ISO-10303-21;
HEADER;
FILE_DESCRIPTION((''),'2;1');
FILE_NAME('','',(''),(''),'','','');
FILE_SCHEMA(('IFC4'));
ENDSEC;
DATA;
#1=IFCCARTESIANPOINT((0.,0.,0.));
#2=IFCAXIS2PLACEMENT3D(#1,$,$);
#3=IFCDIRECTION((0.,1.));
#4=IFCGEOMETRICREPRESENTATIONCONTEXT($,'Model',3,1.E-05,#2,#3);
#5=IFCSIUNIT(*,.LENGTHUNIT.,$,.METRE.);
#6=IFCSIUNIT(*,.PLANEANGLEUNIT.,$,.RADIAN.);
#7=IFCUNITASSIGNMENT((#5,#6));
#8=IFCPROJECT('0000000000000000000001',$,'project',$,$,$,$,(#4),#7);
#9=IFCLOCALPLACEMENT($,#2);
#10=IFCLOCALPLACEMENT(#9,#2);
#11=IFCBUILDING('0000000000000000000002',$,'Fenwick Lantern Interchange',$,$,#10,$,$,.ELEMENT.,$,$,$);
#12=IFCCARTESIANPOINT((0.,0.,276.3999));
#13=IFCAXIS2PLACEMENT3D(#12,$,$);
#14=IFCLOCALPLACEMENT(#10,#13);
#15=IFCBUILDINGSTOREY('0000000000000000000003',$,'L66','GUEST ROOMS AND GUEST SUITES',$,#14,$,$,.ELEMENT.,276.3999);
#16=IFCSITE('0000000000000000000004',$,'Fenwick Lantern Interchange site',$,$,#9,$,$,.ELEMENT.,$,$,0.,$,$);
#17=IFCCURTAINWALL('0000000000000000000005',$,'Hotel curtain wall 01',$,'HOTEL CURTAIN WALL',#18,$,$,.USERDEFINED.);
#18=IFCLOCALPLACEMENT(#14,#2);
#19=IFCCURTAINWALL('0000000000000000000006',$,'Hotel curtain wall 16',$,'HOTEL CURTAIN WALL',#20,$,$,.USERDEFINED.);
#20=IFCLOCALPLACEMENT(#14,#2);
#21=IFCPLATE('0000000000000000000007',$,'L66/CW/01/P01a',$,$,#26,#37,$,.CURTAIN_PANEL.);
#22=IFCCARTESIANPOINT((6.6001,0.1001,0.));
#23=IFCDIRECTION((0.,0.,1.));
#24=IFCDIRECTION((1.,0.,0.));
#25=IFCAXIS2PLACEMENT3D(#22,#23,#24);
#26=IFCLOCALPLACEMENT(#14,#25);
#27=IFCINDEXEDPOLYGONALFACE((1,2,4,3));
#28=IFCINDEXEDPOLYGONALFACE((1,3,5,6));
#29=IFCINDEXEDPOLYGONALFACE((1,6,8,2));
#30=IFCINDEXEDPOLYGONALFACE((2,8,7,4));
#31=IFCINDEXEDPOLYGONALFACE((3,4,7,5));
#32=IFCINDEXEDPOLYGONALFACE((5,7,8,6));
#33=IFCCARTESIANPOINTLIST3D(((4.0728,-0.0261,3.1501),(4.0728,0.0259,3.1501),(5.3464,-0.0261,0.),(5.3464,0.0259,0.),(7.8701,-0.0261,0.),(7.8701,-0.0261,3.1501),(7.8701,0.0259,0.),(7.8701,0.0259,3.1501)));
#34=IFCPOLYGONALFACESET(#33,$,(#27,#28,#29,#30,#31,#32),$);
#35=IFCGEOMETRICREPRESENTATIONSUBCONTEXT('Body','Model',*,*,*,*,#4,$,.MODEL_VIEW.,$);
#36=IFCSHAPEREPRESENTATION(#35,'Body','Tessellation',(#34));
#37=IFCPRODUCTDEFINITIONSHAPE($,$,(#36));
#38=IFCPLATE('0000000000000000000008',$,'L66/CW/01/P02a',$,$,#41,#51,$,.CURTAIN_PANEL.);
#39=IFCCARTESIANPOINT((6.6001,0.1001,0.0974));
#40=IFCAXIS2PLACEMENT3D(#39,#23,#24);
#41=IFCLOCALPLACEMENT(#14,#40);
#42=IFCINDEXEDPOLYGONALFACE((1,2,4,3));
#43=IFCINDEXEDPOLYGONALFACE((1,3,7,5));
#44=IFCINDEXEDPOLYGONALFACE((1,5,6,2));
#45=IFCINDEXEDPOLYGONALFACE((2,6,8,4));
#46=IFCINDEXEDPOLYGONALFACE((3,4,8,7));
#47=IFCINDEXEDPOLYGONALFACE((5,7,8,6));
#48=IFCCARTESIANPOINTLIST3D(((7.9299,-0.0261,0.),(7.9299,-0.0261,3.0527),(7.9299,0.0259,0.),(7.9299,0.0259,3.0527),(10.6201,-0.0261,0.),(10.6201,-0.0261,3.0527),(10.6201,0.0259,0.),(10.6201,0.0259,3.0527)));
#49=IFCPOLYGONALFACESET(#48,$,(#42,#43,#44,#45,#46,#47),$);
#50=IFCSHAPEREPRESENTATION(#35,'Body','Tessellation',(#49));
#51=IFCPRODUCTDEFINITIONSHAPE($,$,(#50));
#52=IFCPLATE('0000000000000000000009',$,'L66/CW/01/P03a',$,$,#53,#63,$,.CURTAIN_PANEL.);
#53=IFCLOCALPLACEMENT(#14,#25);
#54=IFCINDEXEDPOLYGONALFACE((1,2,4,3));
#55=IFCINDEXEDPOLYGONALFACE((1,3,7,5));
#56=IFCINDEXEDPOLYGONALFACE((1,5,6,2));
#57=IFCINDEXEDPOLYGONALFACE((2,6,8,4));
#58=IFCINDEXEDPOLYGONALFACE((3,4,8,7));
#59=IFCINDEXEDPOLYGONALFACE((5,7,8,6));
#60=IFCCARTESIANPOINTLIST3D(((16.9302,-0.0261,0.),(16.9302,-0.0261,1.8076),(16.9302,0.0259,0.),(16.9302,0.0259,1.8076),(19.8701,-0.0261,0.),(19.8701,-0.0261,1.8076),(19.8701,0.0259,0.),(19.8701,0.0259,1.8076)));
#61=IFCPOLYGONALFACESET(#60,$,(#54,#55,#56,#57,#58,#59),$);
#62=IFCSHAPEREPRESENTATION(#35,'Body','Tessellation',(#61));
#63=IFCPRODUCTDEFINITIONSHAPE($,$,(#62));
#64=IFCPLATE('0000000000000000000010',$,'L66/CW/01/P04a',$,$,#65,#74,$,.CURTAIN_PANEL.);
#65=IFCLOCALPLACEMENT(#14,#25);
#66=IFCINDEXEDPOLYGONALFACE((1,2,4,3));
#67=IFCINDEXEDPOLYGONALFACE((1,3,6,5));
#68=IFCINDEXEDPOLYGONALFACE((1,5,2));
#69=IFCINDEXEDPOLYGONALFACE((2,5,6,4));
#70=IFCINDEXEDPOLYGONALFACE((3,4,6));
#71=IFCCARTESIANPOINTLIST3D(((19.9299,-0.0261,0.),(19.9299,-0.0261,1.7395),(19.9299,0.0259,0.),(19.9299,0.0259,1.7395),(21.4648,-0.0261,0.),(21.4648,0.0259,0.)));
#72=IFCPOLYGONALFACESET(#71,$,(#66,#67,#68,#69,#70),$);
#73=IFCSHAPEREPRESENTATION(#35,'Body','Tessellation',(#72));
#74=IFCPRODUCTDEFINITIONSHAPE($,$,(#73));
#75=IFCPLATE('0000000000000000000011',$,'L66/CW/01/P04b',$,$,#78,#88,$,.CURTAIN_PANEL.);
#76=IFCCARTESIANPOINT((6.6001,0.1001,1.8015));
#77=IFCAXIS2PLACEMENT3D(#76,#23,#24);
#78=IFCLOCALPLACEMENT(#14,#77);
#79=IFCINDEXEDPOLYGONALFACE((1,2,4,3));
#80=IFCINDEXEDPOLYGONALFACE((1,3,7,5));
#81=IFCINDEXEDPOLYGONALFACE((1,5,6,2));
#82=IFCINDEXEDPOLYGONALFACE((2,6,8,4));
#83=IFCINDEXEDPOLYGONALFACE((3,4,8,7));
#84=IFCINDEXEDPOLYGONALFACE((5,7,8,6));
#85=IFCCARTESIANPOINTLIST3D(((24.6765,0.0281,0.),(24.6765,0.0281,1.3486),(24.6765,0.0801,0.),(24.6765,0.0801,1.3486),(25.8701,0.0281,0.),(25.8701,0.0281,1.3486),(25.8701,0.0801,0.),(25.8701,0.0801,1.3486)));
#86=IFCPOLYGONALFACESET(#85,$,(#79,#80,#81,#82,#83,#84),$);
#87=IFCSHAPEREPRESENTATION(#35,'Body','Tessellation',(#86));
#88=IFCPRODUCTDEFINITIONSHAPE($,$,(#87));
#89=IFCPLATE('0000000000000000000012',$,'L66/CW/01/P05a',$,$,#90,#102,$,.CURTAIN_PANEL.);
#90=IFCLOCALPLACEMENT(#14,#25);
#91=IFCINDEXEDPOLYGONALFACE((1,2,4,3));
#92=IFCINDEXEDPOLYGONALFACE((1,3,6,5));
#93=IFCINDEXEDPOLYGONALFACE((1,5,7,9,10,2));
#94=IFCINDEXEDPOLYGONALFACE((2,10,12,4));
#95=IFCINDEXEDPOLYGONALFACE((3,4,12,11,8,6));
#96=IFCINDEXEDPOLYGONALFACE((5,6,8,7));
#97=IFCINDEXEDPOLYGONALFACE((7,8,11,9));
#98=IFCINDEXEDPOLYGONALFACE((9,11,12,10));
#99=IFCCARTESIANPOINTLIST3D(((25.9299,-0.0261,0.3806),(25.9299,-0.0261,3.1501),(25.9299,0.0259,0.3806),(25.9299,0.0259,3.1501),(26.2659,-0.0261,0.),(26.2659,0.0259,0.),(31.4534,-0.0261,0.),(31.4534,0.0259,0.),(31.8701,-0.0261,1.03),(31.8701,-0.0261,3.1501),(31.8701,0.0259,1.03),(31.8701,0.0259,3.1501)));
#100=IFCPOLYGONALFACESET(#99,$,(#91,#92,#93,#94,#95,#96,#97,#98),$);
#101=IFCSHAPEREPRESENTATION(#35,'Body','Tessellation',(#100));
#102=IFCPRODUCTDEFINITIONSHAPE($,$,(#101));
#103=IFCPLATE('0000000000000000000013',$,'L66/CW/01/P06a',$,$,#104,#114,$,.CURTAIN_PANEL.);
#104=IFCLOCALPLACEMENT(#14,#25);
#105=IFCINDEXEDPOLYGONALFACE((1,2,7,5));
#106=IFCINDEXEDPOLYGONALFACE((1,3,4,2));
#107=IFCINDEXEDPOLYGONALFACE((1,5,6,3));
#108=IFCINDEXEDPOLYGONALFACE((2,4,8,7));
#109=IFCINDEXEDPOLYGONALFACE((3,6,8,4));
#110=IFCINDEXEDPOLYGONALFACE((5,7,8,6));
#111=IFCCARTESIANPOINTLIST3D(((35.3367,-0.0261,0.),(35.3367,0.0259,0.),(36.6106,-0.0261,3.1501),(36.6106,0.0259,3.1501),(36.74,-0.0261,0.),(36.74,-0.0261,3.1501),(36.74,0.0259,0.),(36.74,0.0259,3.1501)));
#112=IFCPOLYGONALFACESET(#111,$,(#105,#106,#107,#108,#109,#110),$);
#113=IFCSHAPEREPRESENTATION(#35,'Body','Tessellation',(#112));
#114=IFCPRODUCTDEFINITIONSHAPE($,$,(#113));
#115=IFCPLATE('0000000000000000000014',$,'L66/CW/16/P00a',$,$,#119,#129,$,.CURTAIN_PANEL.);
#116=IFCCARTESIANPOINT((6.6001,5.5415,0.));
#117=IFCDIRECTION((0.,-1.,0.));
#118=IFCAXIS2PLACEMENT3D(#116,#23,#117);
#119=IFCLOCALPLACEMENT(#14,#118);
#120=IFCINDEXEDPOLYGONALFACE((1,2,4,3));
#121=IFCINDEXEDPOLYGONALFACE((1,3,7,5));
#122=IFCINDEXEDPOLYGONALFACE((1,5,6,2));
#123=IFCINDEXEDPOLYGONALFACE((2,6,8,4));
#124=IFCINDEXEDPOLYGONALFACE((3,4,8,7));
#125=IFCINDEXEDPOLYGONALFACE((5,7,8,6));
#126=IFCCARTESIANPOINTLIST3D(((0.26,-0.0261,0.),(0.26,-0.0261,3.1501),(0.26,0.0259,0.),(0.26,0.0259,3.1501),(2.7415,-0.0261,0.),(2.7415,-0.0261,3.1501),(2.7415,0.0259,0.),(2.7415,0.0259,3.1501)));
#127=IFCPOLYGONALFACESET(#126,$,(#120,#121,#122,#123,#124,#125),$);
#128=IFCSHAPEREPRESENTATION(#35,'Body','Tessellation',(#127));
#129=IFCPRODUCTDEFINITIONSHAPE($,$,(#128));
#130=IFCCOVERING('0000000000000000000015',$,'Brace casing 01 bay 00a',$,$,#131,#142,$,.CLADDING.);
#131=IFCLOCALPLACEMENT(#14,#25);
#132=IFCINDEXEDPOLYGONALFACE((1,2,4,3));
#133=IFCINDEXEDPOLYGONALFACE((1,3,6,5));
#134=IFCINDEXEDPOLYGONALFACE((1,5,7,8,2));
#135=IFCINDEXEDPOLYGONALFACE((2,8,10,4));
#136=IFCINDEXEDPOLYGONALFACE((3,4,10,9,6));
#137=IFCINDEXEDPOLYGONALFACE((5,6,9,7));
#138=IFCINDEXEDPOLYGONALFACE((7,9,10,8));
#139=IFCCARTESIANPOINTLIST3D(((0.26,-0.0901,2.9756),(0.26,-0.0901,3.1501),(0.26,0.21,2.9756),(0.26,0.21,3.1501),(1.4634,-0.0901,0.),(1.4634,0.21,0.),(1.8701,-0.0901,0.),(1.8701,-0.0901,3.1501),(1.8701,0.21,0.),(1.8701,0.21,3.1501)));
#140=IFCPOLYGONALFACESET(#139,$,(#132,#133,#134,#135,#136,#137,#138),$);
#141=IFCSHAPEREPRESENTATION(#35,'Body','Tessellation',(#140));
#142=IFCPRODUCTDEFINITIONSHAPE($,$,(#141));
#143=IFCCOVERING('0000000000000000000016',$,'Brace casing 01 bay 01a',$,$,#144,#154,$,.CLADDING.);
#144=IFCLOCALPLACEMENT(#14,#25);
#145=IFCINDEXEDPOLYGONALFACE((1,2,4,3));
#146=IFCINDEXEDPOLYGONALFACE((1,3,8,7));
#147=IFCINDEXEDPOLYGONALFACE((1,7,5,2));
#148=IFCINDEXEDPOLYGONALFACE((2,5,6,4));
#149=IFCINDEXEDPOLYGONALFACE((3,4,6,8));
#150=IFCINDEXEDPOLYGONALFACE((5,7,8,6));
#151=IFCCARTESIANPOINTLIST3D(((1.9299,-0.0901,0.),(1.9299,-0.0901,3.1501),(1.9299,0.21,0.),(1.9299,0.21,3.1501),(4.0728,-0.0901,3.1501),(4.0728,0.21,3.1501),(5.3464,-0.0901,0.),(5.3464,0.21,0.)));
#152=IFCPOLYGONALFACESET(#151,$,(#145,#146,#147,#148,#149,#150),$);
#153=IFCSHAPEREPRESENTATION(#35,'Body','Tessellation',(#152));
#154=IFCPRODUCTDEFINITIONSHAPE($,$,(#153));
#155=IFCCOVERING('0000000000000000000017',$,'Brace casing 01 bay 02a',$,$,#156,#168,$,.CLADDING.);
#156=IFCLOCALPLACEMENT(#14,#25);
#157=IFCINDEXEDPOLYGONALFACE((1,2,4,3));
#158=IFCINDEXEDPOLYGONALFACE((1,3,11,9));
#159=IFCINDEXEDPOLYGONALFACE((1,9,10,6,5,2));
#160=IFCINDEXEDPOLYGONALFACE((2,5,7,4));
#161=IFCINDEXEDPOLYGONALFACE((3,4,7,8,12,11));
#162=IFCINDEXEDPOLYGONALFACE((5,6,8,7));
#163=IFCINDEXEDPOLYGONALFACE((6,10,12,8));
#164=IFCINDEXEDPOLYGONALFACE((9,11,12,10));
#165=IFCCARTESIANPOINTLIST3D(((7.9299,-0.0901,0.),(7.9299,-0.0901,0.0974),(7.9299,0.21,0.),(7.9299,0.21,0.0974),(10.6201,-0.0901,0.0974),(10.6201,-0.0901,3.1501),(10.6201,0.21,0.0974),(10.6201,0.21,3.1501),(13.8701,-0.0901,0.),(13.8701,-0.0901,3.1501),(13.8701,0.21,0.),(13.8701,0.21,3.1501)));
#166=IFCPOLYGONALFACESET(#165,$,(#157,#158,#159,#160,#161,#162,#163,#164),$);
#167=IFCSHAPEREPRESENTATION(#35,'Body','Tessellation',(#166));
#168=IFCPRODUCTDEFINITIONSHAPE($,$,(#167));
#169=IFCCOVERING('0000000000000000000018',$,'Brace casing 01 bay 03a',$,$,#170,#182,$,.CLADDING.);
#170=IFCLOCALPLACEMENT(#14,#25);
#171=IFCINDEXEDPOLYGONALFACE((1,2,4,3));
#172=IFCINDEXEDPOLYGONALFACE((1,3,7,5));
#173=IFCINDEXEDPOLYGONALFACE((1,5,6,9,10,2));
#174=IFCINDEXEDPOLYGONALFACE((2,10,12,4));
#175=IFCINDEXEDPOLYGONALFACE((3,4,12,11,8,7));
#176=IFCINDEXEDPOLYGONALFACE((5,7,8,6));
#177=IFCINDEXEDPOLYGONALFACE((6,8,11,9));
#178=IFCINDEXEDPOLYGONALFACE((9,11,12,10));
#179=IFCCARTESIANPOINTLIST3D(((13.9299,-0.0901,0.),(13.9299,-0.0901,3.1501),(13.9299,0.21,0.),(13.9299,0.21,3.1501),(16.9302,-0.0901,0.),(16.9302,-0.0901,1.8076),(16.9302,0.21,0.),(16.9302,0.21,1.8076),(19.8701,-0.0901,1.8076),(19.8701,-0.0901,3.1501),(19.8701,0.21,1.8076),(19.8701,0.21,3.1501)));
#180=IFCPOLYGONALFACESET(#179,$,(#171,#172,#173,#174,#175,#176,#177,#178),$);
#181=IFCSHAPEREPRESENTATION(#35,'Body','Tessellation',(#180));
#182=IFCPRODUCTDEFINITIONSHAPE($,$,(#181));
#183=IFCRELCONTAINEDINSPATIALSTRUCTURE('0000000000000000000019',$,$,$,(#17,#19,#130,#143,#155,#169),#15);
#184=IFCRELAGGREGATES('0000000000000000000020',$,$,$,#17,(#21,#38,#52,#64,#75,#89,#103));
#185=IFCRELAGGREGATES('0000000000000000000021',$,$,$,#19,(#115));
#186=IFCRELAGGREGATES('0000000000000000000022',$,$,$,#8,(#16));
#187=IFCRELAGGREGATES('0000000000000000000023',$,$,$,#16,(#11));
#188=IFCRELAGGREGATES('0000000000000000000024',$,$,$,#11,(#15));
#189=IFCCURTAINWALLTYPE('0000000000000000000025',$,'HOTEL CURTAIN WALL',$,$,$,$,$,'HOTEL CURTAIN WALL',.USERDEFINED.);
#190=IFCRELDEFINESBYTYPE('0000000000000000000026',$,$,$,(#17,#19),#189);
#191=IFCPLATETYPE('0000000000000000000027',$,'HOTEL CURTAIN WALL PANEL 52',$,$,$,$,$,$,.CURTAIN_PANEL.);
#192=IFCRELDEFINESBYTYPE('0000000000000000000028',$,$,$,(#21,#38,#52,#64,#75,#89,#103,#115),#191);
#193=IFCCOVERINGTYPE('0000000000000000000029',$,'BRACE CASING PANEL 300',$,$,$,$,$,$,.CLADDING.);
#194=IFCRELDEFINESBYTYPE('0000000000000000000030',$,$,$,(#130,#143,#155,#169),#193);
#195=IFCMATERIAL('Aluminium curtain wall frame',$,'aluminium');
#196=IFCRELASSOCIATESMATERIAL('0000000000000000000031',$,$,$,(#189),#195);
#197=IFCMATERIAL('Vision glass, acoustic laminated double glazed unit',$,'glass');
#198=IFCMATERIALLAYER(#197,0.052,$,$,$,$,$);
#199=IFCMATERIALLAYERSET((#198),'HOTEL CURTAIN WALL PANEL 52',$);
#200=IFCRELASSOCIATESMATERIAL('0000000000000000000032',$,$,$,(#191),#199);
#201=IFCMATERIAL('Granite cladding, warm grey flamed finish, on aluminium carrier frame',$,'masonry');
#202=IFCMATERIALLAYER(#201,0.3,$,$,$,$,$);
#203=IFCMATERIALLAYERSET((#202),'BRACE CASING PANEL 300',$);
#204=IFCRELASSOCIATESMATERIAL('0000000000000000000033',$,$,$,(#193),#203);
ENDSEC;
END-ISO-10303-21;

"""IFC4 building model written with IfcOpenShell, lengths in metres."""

from ifc_helpers import new_model, si_unit, direction, frame, origin, place, context, subcontext, project, spatial, polyline, outline, extrude, material, layer, layer_set, type_object, element, aggregate, save


model = new_model("IFC4")

# Units and contexts
model_context = context("Model", 3, precision=1e-05, world=origin(), true_north=direction((0.0, 1.0)))
body_context = subcontext(model_context, "Body", "Model", "MODEL_VIEW")
ifc_project = project(units=[si_unit("LENGTHUNIT", "METRE"), si_unit("PLANEANGLEUNIT", "RADIAN")], contexts=[model_context])

# Site, building, storey
site_placement = place(None, origin())
site = spatial("IfcSite", under=ifc_project, at=site_placement, Name="Fenwick Lantern Interchange site", CompositionType="ELEMENT", RefElevation=0.0)
building_placement = place(site_placement, origin())
building = spatial("IfcBuilding", under=site, at=building_placement, Name="Fenwick Lantern Interchange", CompositionType="ELEMENT")
storey_placement = place(building_placement, frame((0.0, 0.0, 276.3999)))
storey = spatial("IfcBuildingStorey", under=building, at=storey_placement, Name="L66", Description="GUEST ROOMS AND GUEST SUITES", CompositionType="ELEMENT", Elevation=276.3999)

# Curtain walls
ifc_material_1 = material(Name="Aluminium curtain wall frame", Category="aluminium")
curtain_wall_type = type_object("IfcCurtainWallType", Name="HOTEL CURTAIN WALL", ElementType="HOTEL CURTAIN WALL", PredefinedType="USERDEFINED", material=ifc_material_1)
curtain_wall_1_placement = place(storey_placement, origin())
curtain_wall_1 = element("IfcCurtainWall", 1, at=curtain_wall_1_placement, inside=storey, type_object=curtain_wall_type, Name="Hotel curtain wall 01", ObjectType="HOTEL CURTAIN WALL", PredefinedType="USERDEFINED")
curtain_wall_2_placement = place(storey_placement, origin())
curtain_wall_2 = element("IfcCurtainWall", 2, at=curtain_wall_2_placement, inside=storey, type_object=curtain_wall_type, Name="Hotel curtain wall 16", ObjectType="HOTEL CURTAIN WALL", PredefinedType="USERDEFINED")

# Plates
ifc_material_2 = material(Name="Vision glass, acoustic laminated double glazed unit", Category="glass")
ifc_layer_1 = layer(ifc_material_2, 0.052)
ifc_layer_set_1 = layer_set([ifc_layer_1], Name="HOTEL CURTAIN WALL PANEL 52")
plate_type = type_object("IfcPlateType", Name="HOTEL CURTAIN WALL PANEL 52", PredefinedType="CURTAIN_PANEL", material=ifc_layer_set_1)
plate_1_placement = place(storey_placement, frame((6.6001, 0.1001, 0.0), z_axis=(0.0, 0.0, 1.0), x_axis=(1.0, 0.0, 0.0)))
plate_1 = element("IfcPlate", 3, at=plate_1_placement, type_object=plate_type, Name="L66/CW/01/P01a", PredefinedType="CURTAIN_PANEL", context=body_context, shape_type="SweptSolid", body=[
    extrude(outline(polyline([(5.3464, 0.0), (7.8701, 0.0), (7.8701, 3.1501), (4.0728, 3.1501), (5.3464, 0.0)])), frame((0.0, 0.0259, 0.0), z_axis=(0.0, -1.0, 0.0), x_axis=(1.0, 0.0, 0.0)), (0.0, 0.0, 1.0), 0.052),
])
plate_2_placement = place(storey_placement, frame((6.6001, 0.1001, 0.0974), z_axis=(0.0, 0.0, 1.0), x_axis=(1.0, 0.0, 0.0)))
plate_2 = element("IfcPlate", 4, at=plate_2_placement, type_object=plate_type, Name="L66/CW/01/P02a", PredefinedType="CURTAIN_PANEL", context=body_context, shape_type="SweptSolid", body=[
    extrude(outline(polyline([(7.9299, 0.0), (10.6201, 0.0), (10.6201, 3.0527), (7.9299, 3.0527), (7.9299, 0.0)])), frame((0.0, 0.0259, 0.0), z_axis=(0.0, -1.0, 0.0), x_axis=(1.0, 0.0, 0.0)), (0.0, 0.0, 1.0), 0.052),
])
plate_3_placement = place(storey_placement, frame((6.6001, 0.1001, 0.0), z_axis=(0.0, 0.0, 1.0), x_axis=(1.0, 0.0, 0.0)))
plate_3 = element("IfcPlate", 5, at=plate_3_placement, type_object=plate_type, Name="L66/CW/01/P03a", PredefinedType="CURTAIN_PANEL", context=body_context, shape_type="SweptSolid", body=[
    extrude(outline(polyline([(16.9302, 0.0), (19.8701, 0.0), (19.8701, 1.8076), (16.9302, 1.8076), (16.9302, 0.0)])), frame((0.0, 0.0259, 0.0), z_axis=(0.0, -1.0, 0.0), x_axis=(1.0, 0.0, 0.0)), (0.0, 0.0, 1.0), 0.052),
])
plate_4_placement = place(storey_placement, frame((6.6001, 0.1001, 0.0), z_axis=(0.0, 0.0, 1.0), x_axis=(1.0, 0.0, 0.0)))
plate_4 = element("IfcPlate", 6, at=plate_4_placement, type_object=plate_type, Name="L66/CW/01/P04a", PredefinedType="CURTAIN_PANEL", context=body_context, shape_type="SweptSolid", body=[
    extrude(outline(polyline([(19.9299, 0.0), (21.4648, 0.0), (19.9299, 1.7395), (19.9299, 0.0)])), frame((0.0, 0.0259, 0.0), z_axis=(0.0, -1.0, 0.0), x_axis=(1.0, 0.0, 0.0)), (0.0, 0.0, 1.0), 0.052),
])
plate_5_placement = place(storey_placement, frame((6.6001, 0.1001, 1.8015), z_axis=(0.0, 0.0, 1.0), x_axis=(1.0, 0.0, 0.0)))
plate_5 = element("IfcPlate", 7, at=plate_5_placement, type_object=plate_type, Name="L66/CW/01/P04b", PredefinedType="CURTAIN_PANEL", context=body_context, shape_type="SweptSolid", body=[
    extrude(outline(polyline([(24.6765, 0.0), (25.8701, 0.0), (25.8701, 1.3486), (24.6765, 1.3486), (24.6765, 0.0)])), frame((0.0, 0.0801, 0.0), z_axis=(0.0, -1.0, 0.0), x_axis=(1.0, 0.0, 0.0)), (0.0, 0.0, 1.0), 0.052),
])
plate_6_placement = place(storey_placement, frame((6.6001, 0.1001, 0.0), z_axis=(0.0, 0.0, 1.0), x_axis=(1.0, 0.0, 0.0)))
plate_6 = element("IfcPlate", 8, at=plate_6_placement, type_object=plate_type, Name="L66/CW/01/P05a", PredefinedType="CURTAIN_PANEL", context=body_context, shape_type="SweptSolid", body=[
    extrude(outline(polyline([(26.2659, 0.0), (31.4534, 0.0), (31.8701, 1.03), (31.8701, 3.1501), (25.9299, 3.1501), (25.9299, 0.3806), (26.2659, 0.0)])), frame((0.0, 0.0259, 0.0), z_axis=(0.0, -1.0, 0.0), x_axis=(1.0, 0.0, 0.0)), (0.0, 0.0, 1.0), 0.052),
])
plate_7_placement = place(storey_placement, frame((6.6001, 0.1001, 0.0), z_axis=(0.0, 0.0, 1.0), x_axis=(1.0, 0.0, 0.0)))
plate_7 = element("IfcPlate", 9, at=plate_7_placement, type_object=plate_type, Name="L66/CW/01/P06a", PredefinedType="CURTAIN_PANEL", context=body_context, shape_type="SweptSolid", body=[
    extrude(outline(polyline([(35.3367, 0.0), (36.74, 0.0), (36.74, 3.1501), (36.6106, 3.1501), (35.3367, 0.0)])), frame((0.0, 0.0259, 0.0), z_axis=(0.0, -1.0, 0.0), x_axis=(1.0, 0.0, 0.0)), (0.0, 0.0, 1.0), 0.052),
])
aggregate(curtain_wall_1, [plate_1, plate_2, plate_3, plate_4, plate_5, plate_6, plate_7])
plate_8_placement = place(storey_placement, frame((6.6001, 5.5415, 0.0), z_axis=(0.0, 0.0, 1.0), x_axis=(0.0, -1.0, 0.0)))
plate_8 = element("IfcPlate", 10, at=plate_8_placement, type_object=plate_type, Name="L66/CW/16/P00a", PredefinedType="CURTAIN_PANEL", context=body_context, shape_type="SweptSolid", body=[
    extrude(outline(polyline([(0.26, 0.0), (2.7415, 0.0), (2.7415, 3.1501), (0.26, 3.1501), (0.26, 0.0)])), frame((0.0, 0.0259, 0.0), z_axis=(0.0, -1.0, 0.0), x_axis=(1.0, 0.0, 0.0)), (0.0, 0.0, 1.0), 0.052),
])
aggregate(curtain_wall_2, [plate_8])

# Coverings
ifc_material_3 = material(Name="Granite cladding, warm grey flamed finish, on aluminium carrier frame", Category="masonry")
ifc_layer_2 = layer(ifc_material_3, 0.3)
ifc_layer_set_2 = layer_set([ifc_layer_2], Name="BRACE CASING PANEL 300")
covering_type = type_object("IfcCoveringType", Name="BRACE CASING PANEL 300", PredefinedType="CLADDING", material=ifc_layer_set_2)
covering_1_placement = place(storey_placement, frame((6.6001, 0.1001, 0.0), z_axis=(0.0, 0.0, 1.0), x_axis=(1.0, 0.0, 0.0)))
element("IfcCovering", 11, at=covering_1_placement, inside=storey, type_object=covering_type, Name="Brace casing 01 bay 00a", PredefinedType="CLADDING", context=body_context, shape_type="SweptSolid", body=[
    extrude(outline(polyline([(1.4634, 0.0), (1.8701, 0.0), (1.8701, 3.1501), (0.26, 3.1501), (0.26, 2.9756), (1.4634, 0.0)])), frame((0.0, 0.21, 0.0), z_axis=(0.0, -1.0, 0.0), x_axis=(1.0, 0.0, 0.0)), (0.0, 0.0, 1.0), 0.3),
])
covering_2_placement = place(storey_placement, frame((6.6001, 0.1001, 0.0), z_axis=(0.0, 0.0, 1.0), x_axis=(1.0, 0.0, 0.0)))
element("IfcCovering", 12, at=covering_2_placement, inside=storey, type_object=covering_type, Name="Brace casing 01 bay 01a", PredefinedType="CLADDING", context=body_context, shape_type="SweptSolid", body=[
    extrude(outline(polyline([(1.9299, 0.0), (5.3464, 0.0), (4.0728, 3.1501), (1.9299, 3.1501), (1.9299, 0.0)])), frame((0.0, 0.21, 0.0), z_axis=(0.0, -1.0, 0.0), x_axis=(1.0, 0.0, 0.0)), (0.0, 0.0, 1.0), 0.3),
])
covering_3_placement = place(storey_placement, frame((6.6001, 0.1001, 0.0), z_axis=(0.0, 0.0, 1.0), x_axis=(1.0, 0.0, 0.0)))
element("IfcCovering", 13, at=covering_3_placement, inside=storey, type_object=covering_type, Name="Brace casing 01 bay 02a", PredefinedType="CLADDING", context=body_context, shape_type="SweptSolid", body=[
    extrude(outline(polyline([(7.9299, 0.0), (13.8701, 0.0), (13.8701, 3.1501), (10.6201, 3.1501), (10.6201, 0.0974), (7.9299, 0.0974), (7.9299, 0.0)])), frame((0.0, 0.21, 0.0), z_axis=(0.0, -1.0, 0.0), x_axis=(1.0, 0.0, 0.0)), (0.0, 0.0, 1.0), 0.3),
])
covering_4_placement = place(storey_placement, frame((6.6001, 0.1001, 0.0), z_axis=(0.0, 0.0, 1.0), x_axis=(1.0, 0.0, 0.0)))
element("IfcCovering", 14, at=covering_4_placement, inside=storey, type_object=covering_type, Name="Brace casing 01 bay 03a", PredefinedType="CLADDING", context=body_context, shape_type="SweptSolid", body=[
    extrude(outline(polyline([(13.9299, 0.0), (16.9302, 0.0), (16.9302, 1.8076), (19.8701, 1.8076), (19.8701, 3.1501), (13.9299, 3.1501), (13.9299, 0.0)])), frame((0.0, 0.21, 0.0), z_axis=(0.0, -1.0, 0.0), x_axis=(1.0, 0.0, 0.0)), (0.0, 0.0, 1.0), 0.3),
])

save(model, "model.ifc")
